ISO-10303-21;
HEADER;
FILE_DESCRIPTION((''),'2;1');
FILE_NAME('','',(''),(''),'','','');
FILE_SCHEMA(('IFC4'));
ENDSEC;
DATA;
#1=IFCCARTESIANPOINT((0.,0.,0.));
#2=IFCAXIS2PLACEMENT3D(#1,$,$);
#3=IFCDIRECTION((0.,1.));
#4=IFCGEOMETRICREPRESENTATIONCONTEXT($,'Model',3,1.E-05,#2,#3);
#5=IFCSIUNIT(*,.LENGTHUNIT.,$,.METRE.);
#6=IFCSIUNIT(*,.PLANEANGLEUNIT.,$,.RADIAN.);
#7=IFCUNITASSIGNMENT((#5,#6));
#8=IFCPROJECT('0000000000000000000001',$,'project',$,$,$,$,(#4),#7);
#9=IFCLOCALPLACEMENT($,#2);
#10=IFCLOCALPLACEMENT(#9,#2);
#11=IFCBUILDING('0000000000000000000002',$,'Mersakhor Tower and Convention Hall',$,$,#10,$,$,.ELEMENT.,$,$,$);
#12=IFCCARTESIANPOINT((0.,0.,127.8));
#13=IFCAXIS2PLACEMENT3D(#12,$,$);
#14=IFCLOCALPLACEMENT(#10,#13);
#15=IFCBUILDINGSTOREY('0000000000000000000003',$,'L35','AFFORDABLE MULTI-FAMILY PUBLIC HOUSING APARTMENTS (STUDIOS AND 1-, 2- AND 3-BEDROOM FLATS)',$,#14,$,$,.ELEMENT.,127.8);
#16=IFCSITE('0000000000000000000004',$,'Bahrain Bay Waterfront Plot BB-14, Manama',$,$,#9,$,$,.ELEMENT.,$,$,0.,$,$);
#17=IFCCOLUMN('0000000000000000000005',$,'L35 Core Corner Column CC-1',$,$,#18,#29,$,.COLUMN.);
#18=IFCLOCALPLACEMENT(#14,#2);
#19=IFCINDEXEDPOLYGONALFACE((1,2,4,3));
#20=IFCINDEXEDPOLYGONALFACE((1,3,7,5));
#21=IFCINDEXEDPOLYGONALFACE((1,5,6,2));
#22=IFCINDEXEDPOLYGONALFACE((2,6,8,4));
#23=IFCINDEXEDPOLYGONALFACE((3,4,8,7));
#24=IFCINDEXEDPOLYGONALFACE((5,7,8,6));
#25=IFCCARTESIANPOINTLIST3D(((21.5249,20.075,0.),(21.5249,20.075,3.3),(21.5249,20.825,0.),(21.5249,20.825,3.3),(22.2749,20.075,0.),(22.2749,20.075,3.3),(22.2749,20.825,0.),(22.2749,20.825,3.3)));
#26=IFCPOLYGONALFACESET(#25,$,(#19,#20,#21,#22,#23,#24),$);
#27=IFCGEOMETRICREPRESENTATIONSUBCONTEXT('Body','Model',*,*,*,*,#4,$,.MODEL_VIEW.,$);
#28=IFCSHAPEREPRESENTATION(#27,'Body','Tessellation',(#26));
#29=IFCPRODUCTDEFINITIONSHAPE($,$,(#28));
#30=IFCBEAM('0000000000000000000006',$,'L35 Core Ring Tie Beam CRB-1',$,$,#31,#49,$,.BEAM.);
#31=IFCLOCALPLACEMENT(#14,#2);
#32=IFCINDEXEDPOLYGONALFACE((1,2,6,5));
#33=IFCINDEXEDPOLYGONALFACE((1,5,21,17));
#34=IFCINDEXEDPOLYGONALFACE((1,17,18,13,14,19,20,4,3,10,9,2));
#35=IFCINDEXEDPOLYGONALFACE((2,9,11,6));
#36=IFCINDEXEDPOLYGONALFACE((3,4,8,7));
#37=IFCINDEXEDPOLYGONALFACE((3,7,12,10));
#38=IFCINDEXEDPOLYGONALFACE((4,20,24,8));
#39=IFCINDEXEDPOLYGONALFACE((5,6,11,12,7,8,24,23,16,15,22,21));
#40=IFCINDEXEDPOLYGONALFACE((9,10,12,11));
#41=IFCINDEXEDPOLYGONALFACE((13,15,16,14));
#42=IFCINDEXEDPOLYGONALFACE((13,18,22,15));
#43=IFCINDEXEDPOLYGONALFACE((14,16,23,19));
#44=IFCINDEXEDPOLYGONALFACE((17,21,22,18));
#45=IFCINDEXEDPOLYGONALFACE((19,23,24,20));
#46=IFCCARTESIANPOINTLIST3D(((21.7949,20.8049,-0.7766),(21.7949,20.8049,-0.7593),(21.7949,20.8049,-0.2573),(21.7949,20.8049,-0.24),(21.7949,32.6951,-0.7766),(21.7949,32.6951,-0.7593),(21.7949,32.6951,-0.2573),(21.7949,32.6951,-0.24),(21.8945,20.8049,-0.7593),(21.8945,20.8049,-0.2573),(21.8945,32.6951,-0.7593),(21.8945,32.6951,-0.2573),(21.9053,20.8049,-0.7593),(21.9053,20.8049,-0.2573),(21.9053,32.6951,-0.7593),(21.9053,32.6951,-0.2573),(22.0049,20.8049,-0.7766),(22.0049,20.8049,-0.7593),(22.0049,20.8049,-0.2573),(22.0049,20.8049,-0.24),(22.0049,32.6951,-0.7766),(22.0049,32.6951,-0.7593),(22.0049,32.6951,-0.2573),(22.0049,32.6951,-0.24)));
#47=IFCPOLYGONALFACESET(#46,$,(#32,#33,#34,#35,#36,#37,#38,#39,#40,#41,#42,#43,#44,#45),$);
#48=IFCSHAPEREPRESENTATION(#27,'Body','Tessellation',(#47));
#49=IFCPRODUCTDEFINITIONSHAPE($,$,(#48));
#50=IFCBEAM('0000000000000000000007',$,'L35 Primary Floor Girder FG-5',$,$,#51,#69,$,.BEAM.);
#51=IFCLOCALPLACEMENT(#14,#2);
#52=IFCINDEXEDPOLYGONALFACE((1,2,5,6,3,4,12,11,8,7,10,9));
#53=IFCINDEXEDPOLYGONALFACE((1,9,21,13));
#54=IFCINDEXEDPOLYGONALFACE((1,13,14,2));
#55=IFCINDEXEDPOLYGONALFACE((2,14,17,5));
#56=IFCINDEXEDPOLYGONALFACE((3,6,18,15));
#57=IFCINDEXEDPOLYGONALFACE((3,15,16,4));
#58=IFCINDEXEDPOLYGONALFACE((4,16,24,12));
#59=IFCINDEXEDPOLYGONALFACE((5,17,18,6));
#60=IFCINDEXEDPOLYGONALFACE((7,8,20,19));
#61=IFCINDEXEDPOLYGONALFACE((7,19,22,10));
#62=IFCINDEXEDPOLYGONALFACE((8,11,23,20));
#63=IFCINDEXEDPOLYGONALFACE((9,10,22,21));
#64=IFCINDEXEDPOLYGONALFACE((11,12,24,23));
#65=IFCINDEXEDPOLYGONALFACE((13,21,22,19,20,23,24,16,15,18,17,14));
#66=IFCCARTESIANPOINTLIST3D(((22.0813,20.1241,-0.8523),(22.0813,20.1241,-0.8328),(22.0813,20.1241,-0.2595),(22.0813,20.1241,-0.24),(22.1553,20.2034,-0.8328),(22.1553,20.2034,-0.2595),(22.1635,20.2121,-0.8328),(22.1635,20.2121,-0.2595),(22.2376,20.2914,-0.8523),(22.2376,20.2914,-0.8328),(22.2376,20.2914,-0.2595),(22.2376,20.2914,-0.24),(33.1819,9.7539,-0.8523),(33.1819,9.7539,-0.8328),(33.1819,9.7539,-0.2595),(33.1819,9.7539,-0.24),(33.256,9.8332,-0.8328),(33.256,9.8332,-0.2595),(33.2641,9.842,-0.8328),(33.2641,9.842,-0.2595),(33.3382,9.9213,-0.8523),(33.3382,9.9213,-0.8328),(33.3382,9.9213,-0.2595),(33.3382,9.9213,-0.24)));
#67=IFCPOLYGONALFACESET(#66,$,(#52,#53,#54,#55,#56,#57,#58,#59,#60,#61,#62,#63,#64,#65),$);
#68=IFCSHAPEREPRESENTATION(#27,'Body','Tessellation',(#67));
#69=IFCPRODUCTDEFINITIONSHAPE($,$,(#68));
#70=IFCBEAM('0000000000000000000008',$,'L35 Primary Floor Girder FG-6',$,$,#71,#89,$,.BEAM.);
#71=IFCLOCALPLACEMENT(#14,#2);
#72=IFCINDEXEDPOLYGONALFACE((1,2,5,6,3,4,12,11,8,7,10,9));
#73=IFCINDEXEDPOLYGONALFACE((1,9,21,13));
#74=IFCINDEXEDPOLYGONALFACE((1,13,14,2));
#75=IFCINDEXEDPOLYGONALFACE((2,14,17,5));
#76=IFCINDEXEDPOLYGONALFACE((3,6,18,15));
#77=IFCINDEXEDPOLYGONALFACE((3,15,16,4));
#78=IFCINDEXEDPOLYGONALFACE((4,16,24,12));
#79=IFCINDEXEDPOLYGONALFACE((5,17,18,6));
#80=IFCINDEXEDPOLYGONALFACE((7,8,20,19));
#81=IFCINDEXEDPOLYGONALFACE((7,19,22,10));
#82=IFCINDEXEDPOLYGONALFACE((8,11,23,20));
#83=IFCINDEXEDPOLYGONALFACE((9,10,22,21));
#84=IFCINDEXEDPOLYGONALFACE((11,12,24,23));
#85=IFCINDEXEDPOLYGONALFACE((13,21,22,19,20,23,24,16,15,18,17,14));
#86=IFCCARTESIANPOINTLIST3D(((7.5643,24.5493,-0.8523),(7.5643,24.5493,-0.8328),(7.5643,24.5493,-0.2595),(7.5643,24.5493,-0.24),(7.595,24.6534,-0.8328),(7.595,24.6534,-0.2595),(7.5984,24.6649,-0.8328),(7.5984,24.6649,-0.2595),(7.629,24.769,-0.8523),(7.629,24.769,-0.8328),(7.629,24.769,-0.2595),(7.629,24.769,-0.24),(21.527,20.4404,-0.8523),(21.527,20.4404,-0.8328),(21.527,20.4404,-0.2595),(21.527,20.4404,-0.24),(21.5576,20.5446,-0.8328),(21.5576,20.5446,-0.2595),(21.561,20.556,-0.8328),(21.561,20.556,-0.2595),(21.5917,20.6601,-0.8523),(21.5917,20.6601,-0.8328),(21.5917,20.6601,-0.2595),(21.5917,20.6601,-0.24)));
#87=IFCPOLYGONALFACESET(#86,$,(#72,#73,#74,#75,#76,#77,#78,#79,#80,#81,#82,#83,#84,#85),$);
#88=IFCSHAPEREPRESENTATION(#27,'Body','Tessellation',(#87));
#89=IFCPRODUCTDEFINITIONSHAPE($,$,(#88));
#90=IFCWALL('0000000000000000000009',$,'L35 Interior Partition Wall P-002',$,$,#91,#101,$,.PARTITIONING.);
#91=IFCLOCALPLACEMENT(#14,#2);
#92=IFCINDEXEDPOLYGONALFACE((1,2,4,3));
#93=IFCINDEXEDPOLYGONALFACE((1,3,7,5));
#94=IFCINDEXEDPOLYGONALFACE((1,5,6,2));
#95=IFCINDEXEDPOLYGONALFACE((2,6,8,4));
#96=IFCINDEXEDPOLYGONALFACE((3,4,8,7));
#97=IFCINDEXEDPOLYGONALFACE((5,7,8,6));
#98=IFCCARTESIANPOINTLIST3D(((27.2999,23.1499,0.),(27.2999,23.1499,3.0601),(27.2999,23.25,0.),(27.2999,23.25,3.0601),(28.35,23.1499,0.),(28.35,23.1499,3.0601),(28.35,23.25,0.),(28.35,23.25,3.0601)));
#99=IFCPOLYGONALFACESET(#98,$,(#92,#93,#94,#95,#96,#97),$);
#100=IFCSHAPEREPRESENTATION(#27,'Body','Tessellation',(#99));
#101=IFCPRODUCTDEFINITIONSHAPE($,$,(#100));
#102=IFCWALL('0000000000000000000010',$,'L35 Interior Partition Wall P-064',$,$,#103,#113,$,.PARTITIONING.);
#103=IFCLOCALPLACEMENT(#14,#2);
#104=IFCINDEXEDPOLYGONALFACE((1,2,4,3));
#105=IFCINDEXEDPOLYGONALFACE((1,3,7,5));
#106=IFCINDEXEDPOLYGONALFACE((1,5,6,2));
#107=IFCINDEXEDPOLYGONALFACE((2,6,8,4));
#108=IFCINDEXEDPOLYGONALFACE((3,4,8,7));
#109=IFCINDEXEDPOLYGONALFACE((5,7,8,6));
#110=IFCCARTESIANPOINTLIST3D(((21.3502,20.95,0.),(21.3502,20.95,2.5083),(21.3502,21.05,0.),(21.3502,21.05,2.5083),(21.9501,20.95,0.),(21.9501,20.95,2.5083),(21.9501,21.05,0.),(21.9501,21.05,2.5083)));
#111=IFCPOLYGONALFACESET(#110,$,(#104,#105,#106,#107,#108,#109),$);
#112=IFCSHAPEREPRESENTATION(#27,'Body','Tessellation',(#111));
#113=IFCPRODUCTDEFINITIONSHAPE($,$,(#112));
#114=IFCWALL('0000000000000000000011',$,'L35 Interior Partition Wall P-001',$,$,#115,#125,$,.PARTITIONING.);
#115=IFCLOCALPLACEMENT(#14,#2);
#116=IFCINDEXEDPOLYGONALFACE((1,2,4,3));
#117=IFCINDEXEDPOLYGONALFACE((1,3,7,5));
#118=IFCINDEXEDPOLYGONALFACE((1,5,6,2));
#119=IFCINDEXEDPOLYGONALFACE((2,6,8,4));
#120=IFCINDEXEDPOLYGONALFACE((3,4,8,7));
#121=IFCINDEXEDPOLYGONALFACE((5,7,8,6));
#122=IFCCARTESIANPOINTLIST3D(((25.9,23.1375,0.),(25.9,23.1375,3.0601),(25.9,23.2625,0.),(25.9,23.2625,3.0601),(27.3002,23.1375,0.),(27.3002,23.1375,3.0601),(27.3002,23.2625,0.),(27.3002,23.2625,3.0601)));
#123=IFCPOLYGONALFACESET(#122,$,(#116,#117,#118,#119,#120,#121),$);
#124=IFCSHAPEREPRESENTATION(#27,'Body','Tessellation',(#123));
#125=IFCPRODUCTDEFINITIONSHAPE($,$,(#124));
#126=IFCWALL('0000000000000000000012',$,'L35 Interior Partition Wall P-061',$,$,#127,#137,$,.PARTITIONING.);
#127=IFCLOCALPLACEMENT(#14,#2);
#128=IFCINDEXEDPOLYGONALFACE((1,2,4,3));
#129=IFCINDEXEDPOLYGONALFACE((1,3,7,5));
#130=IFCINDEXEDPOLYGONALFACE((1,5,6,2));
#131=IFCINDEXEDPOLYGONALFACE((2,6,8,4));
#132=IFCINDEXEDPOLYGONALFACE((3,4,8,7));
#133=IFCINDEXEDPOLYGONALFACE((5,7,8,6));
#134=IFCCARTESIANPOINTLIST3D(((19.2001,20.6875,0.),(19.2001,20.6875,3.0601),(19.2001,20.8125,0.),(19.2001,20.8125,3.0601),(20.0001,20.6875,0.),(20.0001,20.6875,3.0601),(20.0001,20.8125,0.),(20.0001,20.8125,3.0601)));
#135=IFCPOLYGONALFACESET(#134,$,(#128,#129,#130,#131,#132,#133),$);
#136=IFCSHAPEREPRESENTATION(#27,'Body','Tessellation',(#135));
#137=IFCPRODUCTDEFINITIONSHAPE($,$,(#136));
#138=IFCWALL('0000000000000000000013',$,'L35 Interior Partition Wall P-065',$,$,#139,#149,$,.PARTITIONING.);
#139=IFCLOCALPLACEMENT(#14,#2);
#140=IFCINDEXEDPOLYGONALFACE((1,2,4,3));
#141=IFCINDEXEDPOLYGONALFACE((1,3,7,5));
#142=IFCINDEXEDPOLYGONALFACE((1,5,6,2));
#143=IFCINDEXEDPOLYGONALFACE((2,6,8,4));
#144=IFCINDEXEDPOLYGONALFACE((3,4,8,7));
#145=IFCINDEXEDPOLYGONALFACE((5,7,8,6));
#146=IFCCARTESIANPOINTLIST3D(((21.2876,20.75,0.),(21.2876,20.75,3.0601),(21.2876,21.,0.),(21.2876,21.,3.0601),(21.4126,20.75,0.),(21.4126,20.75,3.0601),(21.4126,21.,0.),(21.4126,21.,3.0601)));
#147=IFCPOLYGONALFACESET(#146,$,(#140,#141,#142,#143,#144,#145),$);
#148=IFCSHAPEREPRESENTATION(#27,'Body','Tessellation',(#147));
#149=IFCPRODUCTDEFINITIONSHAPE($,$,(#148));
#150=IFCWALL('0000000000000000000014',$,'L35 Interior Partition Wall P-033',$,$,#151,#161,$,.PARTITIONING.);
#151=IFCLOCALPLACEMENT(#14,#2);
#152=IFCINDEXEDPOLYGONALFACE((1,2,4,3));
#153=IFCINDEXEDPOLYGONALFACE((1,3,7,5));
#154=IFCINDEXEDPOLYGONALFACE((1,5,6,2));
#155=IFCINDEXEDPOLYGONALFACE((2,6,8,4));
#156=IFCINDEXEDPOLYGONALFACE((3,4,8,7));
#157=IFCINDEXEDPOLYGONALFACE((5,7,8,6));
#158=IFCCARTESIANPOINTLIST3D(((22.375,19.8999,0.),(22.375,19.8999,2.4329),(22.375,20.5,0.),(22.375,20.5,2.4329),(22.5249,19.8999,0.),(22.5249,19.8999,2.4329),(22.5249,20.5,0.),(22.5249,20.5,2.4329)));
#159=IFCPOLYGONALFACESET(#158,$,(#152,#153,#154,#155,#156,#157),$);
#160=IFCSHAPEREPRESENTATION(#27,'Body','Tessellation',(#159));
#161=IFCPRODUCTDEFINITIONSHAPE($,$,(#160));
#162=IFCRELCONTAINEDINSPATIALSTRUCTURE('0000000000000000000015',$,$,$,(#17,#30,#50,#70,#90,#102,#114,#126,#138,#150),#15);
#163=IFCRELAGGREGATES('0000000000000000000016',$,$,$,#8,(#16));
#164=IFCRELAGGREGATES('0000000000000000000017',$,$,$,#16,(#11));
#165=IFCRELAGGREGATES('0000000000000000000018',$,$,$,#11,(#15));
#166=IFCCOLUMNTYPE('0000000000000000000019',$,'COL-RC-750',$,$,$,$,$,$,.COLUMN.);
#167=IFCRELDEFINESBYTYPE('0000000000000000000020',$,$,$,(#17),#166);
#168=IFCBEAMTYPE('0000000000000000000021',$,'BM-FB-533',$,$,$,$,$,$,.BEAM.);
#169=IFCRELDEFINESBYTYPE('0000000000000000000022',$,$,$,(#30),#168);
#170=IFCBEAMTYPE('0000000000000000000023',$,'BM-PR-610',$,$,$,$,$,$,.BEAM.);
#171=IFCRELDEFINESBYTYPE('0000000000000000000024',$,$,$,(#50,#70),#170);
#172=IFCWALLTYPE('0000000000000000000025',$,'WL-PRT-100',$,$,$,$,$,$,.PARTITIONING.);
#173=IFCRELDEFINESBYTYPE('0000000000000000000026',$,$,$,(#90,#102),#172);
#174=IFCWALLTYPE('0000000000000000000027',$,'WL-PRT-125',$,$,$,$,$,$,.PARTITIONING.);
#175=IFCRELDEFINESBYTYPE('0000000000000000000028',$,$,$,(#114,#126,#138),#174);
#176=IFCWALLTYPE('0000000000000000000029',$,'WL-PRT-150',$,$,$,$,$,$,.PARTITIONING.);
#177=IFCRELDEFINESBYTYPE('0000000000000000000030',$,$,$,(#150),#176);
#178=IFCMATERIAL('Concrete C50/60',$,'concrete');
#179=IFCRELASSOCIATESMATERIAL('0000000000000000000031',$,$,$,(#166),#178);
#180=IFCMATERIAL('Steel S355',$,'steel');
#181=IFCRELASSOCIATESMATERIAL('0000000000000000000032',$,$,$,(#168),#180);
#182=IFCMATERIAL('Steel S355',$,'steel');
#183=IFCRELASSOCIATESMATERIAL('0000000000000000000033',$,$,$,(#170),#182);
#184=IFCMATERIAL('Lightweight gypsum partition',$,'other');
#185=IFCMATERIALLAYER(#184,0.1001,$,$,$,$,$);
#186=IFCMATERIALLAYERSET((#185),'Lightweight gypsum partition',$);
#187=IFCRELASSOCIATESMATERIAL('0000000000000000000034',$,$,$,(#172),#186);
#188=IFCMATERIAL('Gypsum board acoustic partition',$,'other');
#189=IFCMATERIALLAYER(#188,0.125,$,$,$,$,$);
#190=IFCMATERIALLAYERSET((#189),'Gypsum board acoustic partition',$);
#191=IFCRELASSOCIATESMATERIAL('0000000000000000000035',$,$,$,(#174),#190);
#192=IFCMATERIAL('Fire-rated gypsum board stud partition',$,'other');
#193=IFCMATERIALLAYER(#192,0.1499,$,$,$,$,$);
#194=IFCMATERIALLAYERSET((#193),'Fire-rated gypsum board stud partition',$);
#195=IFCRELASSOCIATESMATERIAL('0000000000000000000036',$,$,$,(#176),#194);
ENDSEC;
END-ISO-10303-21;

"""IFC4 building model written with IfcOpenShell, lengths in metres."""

from ifc_helpers import new_model, si_unit, direction, frame, frame_2d, origin, origin_2d, place, context, subcontext, project, spatial, rectangle, i_section, extrude, material, layer, layer_set, material_profile, profile_set, type_object, element, save


model = new_model("IFC4")

# Units and contexts
model_context = context("Model", 3, precision=1e-05, world=origin(), true_north=direction((0.0, 1.0)))
body_context = subcontext(model_context, "Body", "Model", "MODEL_VIEW")
ifc_project = project(units=[si_unit("LENGTHUNIT", "METRE"), si_unit("PLANEANGLEUNIT", "RADIAN")], contexts=[model_context])

# Site, building, storey
site_placement = place(None, origin())
site = spatial("IfcSite", under=ifc_project, at=site_placement, Name="Bahrain Bay Waterfront Plot BB-14, Manama", CompositionType="ELEMENT", RefElevation=0.0)
building_placement = place(site_placement, origin())
building = spatial("IfcBuilding", under=site, at=building_placement, Name="Mersakhor Tower and Convention Hall", CompositionType="ELEMENT")
storey_placement = place(building_placement, frame((0.0, 0.0, 127.8)))
storey = spatial("IfcBuildingStorey", under=building, at=storey_placement, Name="L35", Description="AFFORDABLE MULTI-FAMILY PUBLIC HOUSING APARTMENTS (STUDIOS AND 1-, 2- AND 3-BEDROOM FLATS)", CompositionType="ELEMENT", Elevation=127.8)

# Column
ifc_material_1 = material(Name="Concrete C50/60", Category="concrete")
ifc_material_profile_1 = material_profile(ifc_material_1, rectangle(XDim=0.75, YDim=0.75, at=origin_2d()), Name="RC 750x750")
ifc_profile_set_1 = profile_set([ifc_material_profile_1], Name="Concrete C50/60")
column_type = type_object("IfcColumnType", Name="COL-RC-750", PredefinedType="COLUMN", material=ifc_profile_set_1)
column_placement = place(storey_placement, frame((21.8999, 20.45, 0.0), z_axis=(0.0, 0.0, 1.0), x_axis=(1.0, 0.0, 0.0)))
element("IfcColumn", 1, at=column_placement, inside=storey, type_object=column_type, Name="L35 Core Corner Column CC-1", PredefinedType="COLUMN", context=body_context, shape_type="SweptSolid", body=[
    extrude(rectangle(XDim=0.75, YDim=0.75, at=origin_2d()), origin(), (0.0, 0.0, 1.0), 3.3),
])

# Beams
ifc_material_2 = material(Name="Steel S355", Category="steel")
ifc_material_profile_2 = material_profile(ifc_material_2, i_section(OverallWidth=0.21, OverallDepth=0.5366, WebThickness=0.0107, FlangeThickness=0.0173, at=origin_2d()), Name="UB 533x210x101")
ifc_profile_set_2 = profile_set([ifc_material_profile_2], Name="Steel S355")
beam_type_1 = type_object("IfcBeamType", Name="BM-FB-533", PredefinedType="BEAM", material=ifc_profile_set_2)
beam_1_placement = place(storey_placement, frame((21.8999, 20.8049, -0.5083), z_axis=(0.0, 1.0, 0.0), x_axis=(-1.0, 0.0, 0.0)))
element("IfcBeam", 2, at=beam_1_placement, inside=storey, type_object=beam_type_1, Name="L35 Core Ring Tie Beam CRB-1", PredefinedType="BEAM", context=body_context, shape_type="SweptSolid", body=[
    extrude(i_section(OverallWidth=0.21, OverallDepth=0.5366, WebThickness=0.0107, FlangeThickness=0.0173, at=origin_2d()), origin(), (0.0, 0.0, 1.0), 11.8901),
])
ifc_material_3 = material(Name="Steel S355", Category="steel")
ifc_material_profile_3 = material_profile(ifc_material_3, i_section(OverallWidth=0.229, OverallDepth=0.6123, WebThickness=0.012, FlangeThickness=0.0195, at=origin_2d()), Name="UB 610x229x125")
ifc_profile_set_3 = profile_set([ifc_material_profile_3], Name="Steel S355")
beam_type_2 = type_object("IfcBeamType", Name="BM-PR-610", PredefinedType="BEAM", material=ifc_profile_set_3)
beam_2_placement = place(storey_placement, frame((22.1594, 20.2078, -0.5461), z_axis=(0.730741, -0.682655, 0.0), x_axis=(0.682655, 0.730741, 0.0)))
element("IfcBeam", 3, at=beam_2_placement, inside=storey, type_object=beam_type_2, Name="L35 Primary Floor Girder FG-5", PredefinedType="BEAM", context=body_context, shape_type="SweptSolid", body=[
    extrude(i_section(OverallWidth=0.229, OverallDepth=0.6123, WebThickness=0.012, FlangeThickness=0.0195, at=origin_2d()), origin(), (0.0, 0.0, 1.0), 15.1909),
])
beam_3_placement = place(storey_placement, frame((21.5593, 20.5503, -0.5461), z_axis=(-0.959324, 0.282307, 0.0), x_axis=(-0.282307, -0.959324, 0.0)))
element("IfcBeam", 4, at=beam_3_placement, inside=storey, type_object=beam_type_2, Name="L35 Primary Floor Girder FG-6", PredefinedType="BEAM", context=body_context, shape_type="SweptSolid", body=[
    extrude(i_section(OverallWidth=0.229, OverallDepth=0.6123, WebThickness=0.012, FlangeThickness=0.0195, at=origin_2d()), origin(), (0.0, 0.0, 1.0), 14.5547),
])

# Walls
ifc_material_4 = material(Name="Lightweight gypsum partition", Category="other")
ifc_layer_1 = layer(ifc_material_4, 0.1001)
ifc_layer_set_1 = layer_set([ifc_layer_1], Name="Lightweight gypsum partition")
wall_type_1 = type_object("IfcWallType", Name="WL-PRT-100", PredefinedType="PARTITIONING", material=ifc_layer_set_1)
wall_1_placement = place(storey_placement, frame((27.3, 23.2, 0.0), z_axis=(0.0, 0.0, 1.0), x_axis=(1.0, 0.0, 0.0)))
element("IfcWall", 5, at=wall_1_placement, inside=storey, type_object=wall_type_1, Name="L35 Interior Partition Wall P-002", PredefinedType="PARTITIONING", context=body_context, shape_type="SweptSolid", body=[
    extrude(rectangle(XDim=1.05, YDim=0.1001, at=frame_2d((0.5249, 0.0))), origin(), (0.0, 0.0, 1.0), 3.0601),
])
wall_2_placement = place(storey_placement, frame((21.95, 21.0, 0.0), z_axis=(0.0, 0.0, 1.0), x_axis=(-1.0, 0.0, 0.0)))
element("IfcWall", 6, at=wall_2_placement, inside=storey, type_object=wall_type_1, Name="L35 Interior Partition Wall P-064", PredefinedType="PARTITIONING", context=body_context, shape_type="SweptSolid", body=[
    extrude(rectangle(XDim=0.5999, YDim=0.1001, at=frame_2d((0.2998, 0.0))), origin(), (0.0, 0.0, 1.0), 2.5083),
])
ifc_material_5 = material(Name="Gypsum board acoustic partition", Category="other")
ifc_layer_2 = layer(ifc_material_5, 0.125)
ifc_layer_set_2 = layer_set([ifc_layer_2], Name="Gypsum board acoustic partition")
wall_type_2 = type_object("IfcWallType", Name="WL-PRT-125", PredefinedType="PARTITIONING", material=ifc_layer_set_2)
wall_3_placement = place(storey_placement, frame((25.8999, 23.2, 0.0), z_axis=(0.0, 0.0, 1.0), x_axis=(1.0, 0.0, 0.0)))
element("IfcWall", 7, at=wall_3_placement, inside=storey, type_object=wall_type_2, Name="L35 Interior Partition Wall P-001", PredefinedType="PARTITIONING", context=body_context, shape_type="SweptSolid", body=[
    extrude(rectangle(XDim=1.4001, YDim=0.125, at=frame_2d((0.7002, 0.0))), origin(), (0.0, 0.0, 1.0), 3.0601),
])
wall_4_placement = place(storey_placement, frame((20.0, 20.75, 0.0), z_axis=(0.0, 0.0, 1.0), x_axis=(-1.0, 0.0, 0.0)))
element("IfcWall", 8, at=wall_4_placement, inside=storey, type_object=wall_type_2, Name="L35 Interior Partition Wall P-061", PredefinedType="PARTITIONING", context=body_context, shape_type="SweptSolid", body=[
    extrude(rectangle(XDim=0.8, YDim=0.125, at=frame_2d((0.3999, 0.0))), origin(), (0.0, 0.0, 1.0), 3.0601),
])
wall_5_placement = place(storey_placement, frame((21.3501, 21.0, 0.0), z_axis=(0.0, 0.0, 1.0), x_axis=(0.0, -1.0, 0.0)))
element("IfcWall", 9, at=wall_5_placement, inside=storey, type_object=wall_type_2, Name="L35 Interior Partition Wall P-065", PredefinedType="PARTITIONING", context=body_context, shape_type="SweptSolid", body=[
    extrude(rectangle(XDim=0.25, YDim=0.125, at=frame_2d((0.125, 0.0))), origin(), (0.0, 0.0, 1.0), 3.0601),
])
ifc_material_6 = material(Name="Fire-rated gypsum board stud partition", Category="other")
ifc_layer_3 = layer(ifc_material_6, 0.1499)
ifc_layer_set_3 = layer_set([ifc_layer_3], Name="Fire-rated gypsum board stud partition")
wall_type_3 = type_object("IfcWallType", Name="WL-PRT-150", PredefinedType="PARTITIONING", material=ifc_layer_set_3)
wall_6_placement = place(storey_placement, frame((22.45, 19.8999, 0.0), z_axis=(0.0, 0.0, 1.0), x_axis=(0.0, 1.0, 0.0)))
element("IfcWall", 10, at=wall_6_placement, inside=storey, type_object=wall_type_3, Name="L35 Interior Partition Wall P-033", PredefinedType="PARTITIONING", context=body_context, shape_type="SweptSolid", body=[
    extrude(rectangle(XDim=0.6001, YDim=0.1499, at=frame_2d((0.3, 0.0))), origin(), (0.0, 0.0, 1.0), 2.4329),
])

save(model, "model.ifc")
